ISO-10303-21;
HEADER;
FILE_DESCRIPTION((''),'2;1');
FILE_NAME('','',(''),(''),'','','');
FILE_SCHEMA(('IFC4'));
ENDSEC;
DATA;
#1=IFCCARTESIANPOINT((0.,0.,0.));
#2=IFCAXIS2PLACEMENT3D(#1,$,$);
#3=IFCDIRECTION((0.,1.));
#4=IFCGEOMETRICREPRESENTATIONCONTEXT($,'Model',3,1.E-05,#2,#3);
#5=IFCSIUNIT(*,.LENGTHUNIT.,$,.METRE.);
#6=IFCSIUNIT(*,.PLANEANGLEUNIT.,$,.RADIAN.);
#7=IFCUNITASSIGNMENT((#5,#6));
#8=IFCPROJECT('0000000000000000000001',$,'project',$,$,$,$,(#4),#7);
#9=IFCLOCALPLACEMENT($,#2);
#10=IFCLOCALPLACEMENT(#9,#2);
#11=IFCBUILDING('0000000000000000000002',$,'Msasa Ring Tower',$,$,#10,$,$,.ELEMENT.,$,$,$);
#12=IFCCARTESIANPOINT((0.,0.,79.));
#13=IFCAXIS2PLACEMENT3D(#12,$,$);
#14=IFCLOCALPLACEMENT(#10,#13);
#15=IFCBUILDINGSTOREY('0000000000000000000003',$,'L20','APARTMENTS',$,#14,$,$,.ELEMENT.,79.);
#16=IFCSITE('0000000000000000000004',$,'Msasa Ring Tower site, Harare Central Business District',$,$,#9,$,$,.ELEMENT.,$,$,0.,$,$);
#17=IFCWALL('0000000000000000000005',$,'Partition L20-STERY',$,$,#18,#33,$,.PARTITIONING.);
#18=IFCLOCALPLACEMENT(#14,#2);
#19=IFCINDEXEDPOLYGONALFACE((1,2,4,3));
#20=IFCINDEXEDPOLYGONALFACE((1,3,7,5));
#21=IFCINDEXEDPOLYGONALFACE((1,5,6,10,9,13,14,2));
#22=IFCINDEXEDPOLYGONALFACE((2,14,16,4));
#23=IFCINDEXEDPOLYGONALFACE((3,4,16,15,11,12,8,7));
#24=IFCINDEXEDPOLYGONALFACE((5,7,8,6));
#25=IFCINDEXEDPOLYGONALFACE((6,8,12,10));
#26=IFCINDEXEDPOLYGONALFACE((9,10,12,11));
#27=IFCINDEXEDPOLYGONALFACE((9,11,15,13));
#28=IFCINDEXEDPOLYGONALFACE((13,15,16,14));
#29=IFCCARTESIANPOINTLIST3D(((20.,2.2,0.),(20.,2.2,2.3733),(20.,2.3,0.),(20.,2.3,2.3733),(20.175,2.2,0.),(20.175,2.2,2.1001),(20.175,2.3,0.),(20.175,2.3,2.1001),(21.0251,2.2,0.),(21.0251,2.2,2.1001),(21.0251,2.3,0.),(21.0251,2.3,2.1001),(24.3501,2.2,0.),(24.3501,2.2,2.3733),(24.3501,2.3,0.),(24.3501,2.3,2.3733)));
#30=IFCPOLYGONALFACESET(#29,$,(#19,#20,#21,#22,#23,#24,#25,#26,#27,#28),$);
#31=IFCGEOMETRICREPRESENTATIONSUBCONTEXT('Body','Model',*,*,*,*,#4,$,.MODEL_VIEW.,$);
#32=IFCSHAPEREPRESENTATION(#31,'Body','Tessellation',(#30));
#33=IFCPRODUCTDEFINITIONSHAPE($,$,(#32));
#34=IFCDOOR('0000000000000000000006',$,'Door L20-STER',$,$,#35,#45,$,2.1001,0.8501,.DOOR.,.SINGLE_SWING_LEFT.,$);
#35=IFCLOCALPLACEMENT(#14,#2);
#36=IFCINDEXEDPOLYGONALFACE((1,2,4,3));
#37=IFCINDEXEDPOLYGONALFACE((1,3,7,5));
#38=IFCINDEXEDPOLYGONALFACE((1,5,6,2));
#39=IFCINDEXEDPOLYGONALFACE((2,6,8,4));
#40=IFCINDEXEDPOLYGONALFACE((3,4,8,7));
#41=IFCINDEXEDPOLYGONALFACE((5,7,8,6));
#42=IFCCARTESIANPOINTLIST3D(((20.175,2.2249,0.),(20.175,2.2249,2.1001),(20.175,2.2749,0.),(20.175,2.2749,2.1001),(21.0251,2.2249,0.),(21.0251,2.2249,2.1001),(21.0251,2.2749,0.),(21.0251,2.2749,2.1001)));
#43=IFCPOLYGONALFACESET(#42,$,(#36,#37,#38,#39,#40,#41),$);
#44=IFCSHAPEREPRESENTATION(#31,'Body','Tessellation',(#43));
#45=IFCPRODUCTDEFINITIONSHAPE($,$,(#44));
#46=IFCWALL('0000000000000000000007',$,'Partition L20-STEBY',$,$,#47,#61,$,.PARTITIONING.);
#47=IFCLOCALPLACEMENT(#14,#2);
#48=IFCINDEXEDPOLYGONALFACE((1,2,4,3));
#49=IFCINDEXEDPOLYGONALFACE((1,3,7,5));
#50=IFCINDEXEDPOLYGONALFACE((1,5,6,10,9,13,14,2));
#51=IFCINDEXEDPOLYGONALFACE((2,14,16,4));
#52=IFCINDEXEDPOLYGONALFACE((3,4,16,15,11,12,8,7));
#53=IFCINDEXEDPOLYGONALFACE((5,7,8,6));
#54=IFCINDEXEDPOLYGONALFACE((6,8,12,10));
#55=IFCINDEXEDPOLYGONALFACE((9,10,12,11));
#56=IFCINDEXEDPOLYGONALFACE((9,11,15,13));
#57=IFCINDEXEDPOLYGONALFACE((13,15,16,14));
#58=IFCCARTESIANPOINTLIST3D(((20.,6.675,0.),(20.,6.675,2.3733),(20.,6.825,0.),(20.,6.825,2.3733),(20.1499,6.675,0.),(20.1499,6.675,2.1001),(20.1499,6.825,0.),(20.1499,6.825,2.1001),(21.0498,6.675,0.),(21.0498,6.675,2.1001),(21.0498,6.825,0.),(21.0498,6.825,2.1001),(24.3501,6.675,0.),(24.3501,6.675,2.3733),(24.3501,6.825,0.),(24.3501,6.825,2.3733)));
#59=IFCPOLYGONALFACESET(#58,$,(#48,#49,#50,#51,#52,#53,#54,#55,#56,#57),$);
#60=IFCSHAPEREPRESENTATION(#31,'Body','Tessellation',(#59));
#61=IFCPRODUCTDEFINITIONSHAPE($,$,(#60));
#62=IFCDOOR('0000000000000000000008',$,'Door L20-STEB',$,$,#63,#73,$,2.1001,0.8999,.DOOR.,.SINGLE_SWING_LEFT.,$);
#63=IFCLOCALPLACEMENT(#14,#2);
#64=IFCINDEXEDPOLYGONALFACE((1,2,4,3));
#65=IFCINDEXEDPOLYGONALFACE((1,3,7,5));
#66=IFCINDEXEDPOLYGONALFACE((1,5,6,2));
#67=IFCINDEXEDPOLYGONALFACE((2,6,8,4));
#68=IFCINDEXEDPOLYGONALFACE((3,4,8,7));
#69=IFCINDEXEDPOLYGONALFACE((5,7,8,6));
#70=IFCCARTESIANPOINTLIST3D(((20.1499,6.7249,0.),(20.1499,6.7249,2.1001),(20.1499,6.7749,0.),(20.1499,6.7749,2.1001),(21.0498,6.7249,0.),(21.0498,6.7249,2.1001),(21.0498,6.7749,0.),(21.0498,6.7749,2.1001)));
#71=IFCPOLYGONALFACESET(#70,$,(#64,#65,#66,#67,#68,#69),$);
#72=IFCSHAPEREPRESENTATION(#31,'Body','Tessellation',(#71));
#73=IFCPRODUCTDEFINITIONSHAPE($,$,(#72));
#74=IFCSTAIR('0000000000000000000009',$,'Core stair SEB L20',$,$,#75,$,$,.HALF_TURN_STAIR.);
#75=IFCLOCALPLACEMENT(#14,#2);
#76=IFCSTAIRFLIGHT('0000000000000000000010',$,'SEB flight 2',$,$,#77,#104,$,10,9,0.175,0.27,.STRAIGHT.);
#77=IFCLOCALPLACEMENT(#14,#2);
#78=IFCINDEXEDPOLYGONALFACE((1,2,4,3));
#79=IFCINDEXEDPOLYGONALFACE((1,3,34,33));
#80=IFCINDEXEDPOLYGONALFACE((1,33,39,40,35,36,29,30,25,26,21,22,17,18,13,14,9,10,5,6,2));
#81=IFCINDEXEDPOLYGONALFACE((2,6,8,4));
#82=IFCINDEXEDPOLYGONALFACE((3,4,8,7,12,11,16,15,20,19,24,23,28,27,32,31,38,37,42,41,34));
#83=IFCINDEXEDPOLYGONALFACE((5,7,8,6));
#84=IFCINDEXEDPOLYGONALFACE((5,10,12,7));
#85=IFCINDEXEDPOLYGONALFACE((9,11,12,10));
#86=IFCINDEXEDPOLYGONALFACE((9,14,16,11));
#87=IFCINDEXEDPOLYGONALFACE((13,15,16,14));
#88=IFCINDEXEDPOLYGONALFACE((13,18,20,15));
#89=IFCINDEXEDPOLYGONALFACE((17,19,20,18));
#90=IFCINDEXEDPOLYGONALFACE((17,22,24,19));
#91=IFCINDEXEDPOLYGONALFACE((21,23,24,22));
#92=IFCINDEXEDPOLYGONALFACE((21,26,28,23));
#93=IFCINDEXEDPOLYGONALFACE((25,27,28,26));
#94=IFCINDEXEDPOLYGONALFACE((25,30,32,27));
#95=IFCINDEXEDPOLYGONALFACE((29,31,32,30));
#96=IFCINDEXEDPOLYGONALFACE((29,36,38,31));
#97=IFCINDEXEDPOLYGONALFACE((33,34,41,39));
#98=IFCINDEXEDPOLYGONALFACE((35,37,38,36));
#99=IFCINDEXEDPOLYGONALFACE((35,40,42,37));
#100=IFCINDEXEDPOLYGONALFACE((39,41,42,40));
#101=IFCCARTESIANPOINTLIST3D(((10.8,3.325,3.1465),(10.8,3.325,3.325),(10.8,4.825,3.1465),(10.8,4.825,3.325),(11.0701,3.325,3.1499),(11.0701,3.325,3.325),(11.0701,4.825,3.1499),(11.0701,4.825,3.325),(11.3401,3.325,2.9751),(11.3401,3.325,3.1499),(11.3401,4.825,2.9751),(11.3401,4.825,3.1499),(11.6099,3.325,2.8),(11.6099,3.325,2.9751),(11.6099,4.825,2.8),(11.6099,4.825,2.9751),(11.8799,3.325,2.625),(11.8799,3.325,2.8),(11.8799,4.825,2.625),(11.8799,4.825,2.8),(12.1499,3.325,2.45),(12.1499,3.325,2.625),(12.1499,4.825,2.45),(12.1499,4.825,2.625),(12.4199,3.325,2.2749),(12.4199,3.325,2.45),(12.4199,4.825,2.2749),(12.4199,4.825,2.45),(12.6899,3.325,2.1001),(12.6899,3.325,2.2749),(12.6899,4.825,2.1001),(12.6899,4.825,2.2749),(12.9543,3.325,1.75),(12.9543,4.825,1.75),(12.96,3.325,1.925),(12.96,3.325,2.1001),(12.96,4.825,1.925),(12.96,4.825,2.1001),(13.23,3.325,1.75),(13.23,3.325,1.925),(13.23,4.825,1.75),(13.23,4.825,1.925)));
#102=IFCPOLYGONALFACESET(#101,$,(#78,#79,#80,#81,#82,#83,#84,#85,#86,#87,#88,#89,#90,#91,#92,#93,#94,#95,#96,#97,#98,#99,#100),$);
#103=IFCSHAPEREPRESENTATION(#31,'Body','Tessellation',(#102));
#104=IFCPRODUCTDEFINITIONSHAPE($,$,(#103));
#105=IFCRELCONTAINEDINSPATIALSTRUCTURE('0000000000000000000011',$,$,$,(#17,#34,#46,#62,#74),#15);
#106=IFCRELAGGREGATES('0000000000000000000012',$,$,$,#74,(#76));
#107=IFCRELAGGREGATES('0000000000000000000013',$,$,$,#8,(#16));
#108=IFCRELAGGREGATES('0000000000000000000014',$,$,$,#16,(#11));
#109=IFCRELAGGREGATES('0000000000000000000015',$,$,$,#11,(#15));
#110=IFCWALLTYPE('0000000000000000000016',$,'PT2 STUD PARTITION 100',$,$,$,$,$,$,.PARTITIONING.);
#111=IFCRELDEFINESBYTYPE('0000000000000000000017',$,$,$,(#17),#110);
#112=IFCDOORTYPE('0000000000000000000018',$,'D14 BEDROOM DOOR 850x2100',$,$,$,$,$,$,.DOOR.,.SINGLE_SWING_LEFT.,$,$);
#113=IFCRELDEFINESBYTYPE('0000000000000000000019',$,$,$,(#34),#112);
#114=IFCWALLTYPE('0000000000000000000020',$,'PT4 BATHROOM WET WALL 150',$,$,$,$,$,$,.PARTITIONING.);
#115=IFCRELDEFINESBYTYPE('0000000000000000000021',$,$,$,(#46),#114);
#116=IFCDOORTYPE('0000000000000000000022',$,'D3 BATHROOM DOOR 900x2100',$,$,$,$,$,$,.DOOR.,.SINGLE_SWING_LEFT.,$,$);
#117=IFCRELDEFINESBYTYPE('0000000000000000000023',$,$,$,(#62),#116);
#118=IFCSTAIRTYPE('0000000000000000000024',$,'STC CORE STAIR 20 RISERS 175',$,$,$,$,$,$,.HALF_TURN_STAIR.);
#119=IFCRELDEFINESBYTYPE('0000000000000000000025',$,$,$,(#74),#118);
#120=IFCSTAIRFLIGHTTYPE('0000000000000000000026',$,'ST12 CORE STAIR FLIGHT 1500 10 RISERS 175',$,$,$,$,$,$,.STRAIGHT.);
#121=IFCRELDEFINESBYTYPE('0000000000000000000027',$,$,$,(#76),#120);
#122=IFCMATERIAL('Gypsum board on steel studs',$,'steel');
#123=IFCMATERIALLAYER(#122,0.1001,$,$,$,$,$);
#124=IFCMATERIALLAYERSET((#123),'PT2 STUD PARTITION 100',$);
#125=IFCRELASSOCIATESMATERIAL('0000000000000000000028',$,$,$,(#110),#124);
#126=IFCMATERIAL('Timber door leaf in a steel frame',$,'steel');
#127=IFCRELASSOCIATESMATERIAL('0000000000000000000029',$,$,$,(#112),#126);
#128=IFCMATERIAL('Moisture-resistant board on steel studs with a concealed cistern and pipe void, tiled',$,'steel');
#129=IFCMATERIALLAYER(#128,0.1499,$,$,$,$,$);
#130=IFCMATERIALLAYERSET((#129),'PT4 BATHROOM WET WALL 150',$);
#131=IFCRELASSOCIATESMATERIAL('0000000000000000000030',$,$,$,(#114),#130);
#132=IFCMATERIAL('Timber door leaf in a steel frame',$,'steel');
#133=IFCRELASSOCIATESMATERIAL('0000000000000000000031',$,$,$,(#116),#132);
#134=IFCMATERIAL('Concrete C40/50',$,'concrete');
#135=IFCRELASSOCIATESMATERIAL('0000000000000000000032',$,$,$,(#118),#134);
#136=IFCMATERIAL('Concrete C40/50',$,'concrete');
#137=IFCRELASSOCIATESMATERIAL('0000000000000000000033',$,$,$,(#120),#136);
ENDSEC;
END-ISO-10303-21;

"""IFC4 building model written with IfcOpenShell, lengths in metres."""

from ifc_helpers import new_model, si_unit, direction, frame, frame_2d, origin, place, context, subcontext, project, spatial, polyline, rectangle, outline, extrude, material, layer, layer_set, type_object, element, fill, aggregate, save


model = new_model("IFC4")

# Units and contexts
model_context = context("Model", 3, precision=1e-05, world=origin(), true_north=direction((0.0, 1.0)))
body_context = subcontext(model_context, "Body", "Model", "MODEL_VIEW")
ifc_project = project(units=[si_unit("LENGTHUNIT", "METRE"), si_unit("PLANEANGLEUNIT", "RADIAN")], contexts=[model_context])

# Site, building, storey
site_placement = place(None, origin())
site = spatial("IfcSite", under=ifc_project, at=site_placement, Name="Msasa Ring Tower site, Harare Central Business District", CompositionType="ELEMENT", RefElevation=0.0)
building_placement = place(site_placement, origin())
building = spatial("IfcBuilding", under=site, at=building_placement, Name="Msasa Ring Tower", CompositionType="ELEMENT")
storey_placement = place(building_placement, frame((0.0, 0.0, 79.0)))
storey = spatial("IfcBuildingStorey", under=building, at=storey_placement, Name="L20", Description="APARTMENTS", CompositionType="ELEMENT", Elevation=79.0)

# Walls, openings, doors
ifc_material_1 = material(Name="Gypsum board on steel studs", Category="steel")
ifc_layer_1 = layer(ifc_material_1, 0.1001)
ifc_layer_set_1 = layer_set([ifc_layer_1], Name="PT2 STUD PARTITION 100")
wall_type_1 = type_object("IfcWallType", Name="PT2 STUD PARTITION 100", PredefinedType="PARTITIONING", material=ifc_layer_set_1)
wall_1_placement = place(storey_placement, frame((20.0, 2.25, 0.0), z_axis=(0.0, 0.0, 1.0), x_axis=(1.0, 0.0, 0.0)))
wall_1 = element("IfcWall", 1, at=wall_1_placement, inside=storey, type_object=wall_type_1, Name="Partition L20-STERY", PredefinedType="PARTITIONING", context=body_context, shape_type="SweptSolid", body=[
    extrude(rectangle(XDim=4.3501, YDim=0.1001, at=frame_2d((2.175, 0.0))), origin(), (0.0, 0.0, 1.0), 2.3733),
])
opening_1_placement = place(wall_1_placement, frame((0.175, 0.0, 0.0)))
opening_1 = element("IfcOpeningElement", 2, at=opening_1_placement, cuts=wall_1, PredefinedType="OPENING", context=body_context, shape_type="SweptSolid", body=[
    extrude(rectangle(XDim=0.8501, YDim=2.1001, at=frame_2d((0.425, 1.05))), frame((0.0, 0.0601, 0.0), z_axis=(0.0, -1.0, 0.0), x_axis=(1.0, 0.0, 0.0)), (0.0, 0.0, 1.0), 0.1201),
])
ifc_material_2 = material(Name="Timber door leaf in a steel frame", Category="steel")
door_type_1 = type_object("IfcDoorType", Name="D14 BEDROOM DOOR 850x2100", OperationType="SINGLE_SWING_LEFT", PredefinedType="DOOR", material=ifc_material_2)
door_1_placement = place(opening_1_placement, origin())
door_1 = element("IfcDoor", 3, at=door_1_placement, inside=storey, type_object=door_type_1, Name="Door L20-STER", OperationType="SINGLE_SWING_LEFT", OverallHeight=2.1001, OverallWidth=0.8501, PredefinedType="DOOR", context=body_context, shape_type="SweptSolid", body=[
    extrude(rectangle(XDim=0.8501, YDim=2.1001, at=frame_2d((0.425, 1.05))), frame((0.0, 0.0249, 0.0), z_axis=(0.0, -1.0, 0.0), x_axis=(1.0, 0.0, 0.0)), (0.0, 0.0, 1.0), 0.05),
])
fill(opening_1, door_1)
ifc_material_3 = material(Name="Moisture-resistant board on steel studs with a concealed cistern and pipe void, tiled", Category="steel")
ifc_layer_2 = layer(ifc_material_3, 0.1499)
ifc_layer_set_2 = layer_set([ifc_layer_2], Name="PT4 BATHROOM WET WALL 150")
wall_type_2 = type_object("IfcWallType", Name="PT4 BATHROOM WET WALL 150", PredefinedType="PARTITIONING", material=ifc_layer_set_2)
wall_2_placement = place(storey_placement, frame((20.0, 6.75, 0.0), z_axis=(0.0, 0.0, 1.0), x_axis=(1.0, 0.0, 0.0)))
wall_2 = element("IfcWall", 4, at=wall_2_placement, inside=storey, type_object=wall_type_2, Name="Partition L20-STEBY", PredefinedType="PARTITIONING", context=body_context, shape_type="SweptSolid", body=[
    extrude(rectangle(XDim=4.3501, YDim=0.1499, at=frame_2d((2.175, 0.0))), origin(), (0.0, 0.0, 1.0), 2.3733),
])
opening_2_placement = place(wall_2_placement, frame((0.1499, 0.0, 0.0)))
opening_2 = element("IfcOpeningElement", 5, at=opening_2_placement, cuts=wall_2, PredefinedType="OPENING", context=body_context, shape_type="SweptSolid", body=[
    extrude(rectangle(XDim=0.8999, YDim=2.1001, at=frame_2d((0.45, 1.05))), frame((0.0, 0.085, 0.0), z_axis=(0.0, -1.0, 0.0), x_axis=(1.0, 0.0, 0.0)), (0.0, 0.0, 1.0), 0.1699),
])
ifc_material_4 = material(Name="Timber door leaf in a steel frame", Category="steel")
door_type_2 = type_object("IfcDoorType", Name="D3 BATHROOM DOOR 900x2100", OperationType="SINGLE_SWING_LEFT", PredefinedType="DOOR", material=ifc_material_4)
door_2_placement = place(opening_2_placement, origin())
door_2 = element("IfcDoor", 6, at=door_2_placement, inside=storey, type_object=door_type_2, Name="Door L20-STEB", OperationType="SINGLE_SWING_LEFT", OverallHeight=2.1001, OverallWidth=0.8999, PredefinedType="DOOR", context=body_context, shape_type="SweptSolid", body=[
    extrude(rectangle(XDim=0.8999, YDim=2.1001, at=frame_2d((0.45, 1.05))), frame((0.0, 0.0249, 0.0), z_axis=(0.0, -1.0, 0.0), x_axis=(1.0, 0.0, 0.0)), (0.0, 0.0, 1.0), 0.05),
])
fill(opening_2, door_2)

# Stair, stair flight
ifc_material_5 = material(Name="Concrete C40/50", Category="concrete")
stair_type = type_object("IfcStairType", Name="STC CORE STAIR 20 RISERS 175", PredefinedType="HALF_TURN_STAIR", material=ifc_material_5)
stair_placement = place(storey_placement, origin())
stair = element("IfcStair", 7, at=stair_placement, inside=storey, type_object=stair_type, Name="Core stair SEB L20", PredefinedType="HALF_TURN_STAIR")
ifc_material_6 = material(Name="Concrete C40/50", Category="concrete")
stair_flight_type = type_object("IfcStairFlightType", Name="ST12 CORE STAIR FLIGHT 1500 10 RISERS 175", PredefinedType="STRAIGHT", material=ifc_material_6)
stair_flight_placement = place(storey_placement, frame((13.23, 4.075, 1.75), z_axis=(0.0, 0.0, 1.0), x_axis=(-1.0, 0.0, 0.0)))
stair_flight = element("IfcStairFlight", 8, at=stair_flight_placement, type_object=stair_flight_type, Name="SEB flight 2", NumberOfRisers=10, NumberOfTreads=9, PredefinedType="STRAIGHT", RiserHeight=0.175, TreadLength=0.27, context=body_context, shape_type="SweptSolid", body=[
    extrude(outline(polyline([(0.0, 0.0), (0.0, 0.175), (0.27, 0.175), (0.27, 0.3501), (0.54, 0.3501), (0.54, 0.5249), (0.8101, 0.5249), (0.8101, 0.7), (1.0801, 0.7), (1.0801, 0.875), (1.3501, 0.875), (1.3501, 1.05), (1.6201, 1.05), (1.6201, 1.2251), (1.8899, 1.2251), (1.8899, 1.3999), (2.1599, 1.3999), (2.1599, 1.575), (2.4299, 1.575), (2.4299, 1.75), (2.4299, 1.3965), (0.2756, 0.0), (0.0, 0.0)])), frame((0.0, 0.75, 0.0), z_axis=(0.0, -1.0, 0.0), x_axis=(1.0, 0.0, 0.0)), (0.0, 0.0, 1.0), 1.5),
])
aggregate(stair, [stair_flight])

save(model, "model.ifc")
